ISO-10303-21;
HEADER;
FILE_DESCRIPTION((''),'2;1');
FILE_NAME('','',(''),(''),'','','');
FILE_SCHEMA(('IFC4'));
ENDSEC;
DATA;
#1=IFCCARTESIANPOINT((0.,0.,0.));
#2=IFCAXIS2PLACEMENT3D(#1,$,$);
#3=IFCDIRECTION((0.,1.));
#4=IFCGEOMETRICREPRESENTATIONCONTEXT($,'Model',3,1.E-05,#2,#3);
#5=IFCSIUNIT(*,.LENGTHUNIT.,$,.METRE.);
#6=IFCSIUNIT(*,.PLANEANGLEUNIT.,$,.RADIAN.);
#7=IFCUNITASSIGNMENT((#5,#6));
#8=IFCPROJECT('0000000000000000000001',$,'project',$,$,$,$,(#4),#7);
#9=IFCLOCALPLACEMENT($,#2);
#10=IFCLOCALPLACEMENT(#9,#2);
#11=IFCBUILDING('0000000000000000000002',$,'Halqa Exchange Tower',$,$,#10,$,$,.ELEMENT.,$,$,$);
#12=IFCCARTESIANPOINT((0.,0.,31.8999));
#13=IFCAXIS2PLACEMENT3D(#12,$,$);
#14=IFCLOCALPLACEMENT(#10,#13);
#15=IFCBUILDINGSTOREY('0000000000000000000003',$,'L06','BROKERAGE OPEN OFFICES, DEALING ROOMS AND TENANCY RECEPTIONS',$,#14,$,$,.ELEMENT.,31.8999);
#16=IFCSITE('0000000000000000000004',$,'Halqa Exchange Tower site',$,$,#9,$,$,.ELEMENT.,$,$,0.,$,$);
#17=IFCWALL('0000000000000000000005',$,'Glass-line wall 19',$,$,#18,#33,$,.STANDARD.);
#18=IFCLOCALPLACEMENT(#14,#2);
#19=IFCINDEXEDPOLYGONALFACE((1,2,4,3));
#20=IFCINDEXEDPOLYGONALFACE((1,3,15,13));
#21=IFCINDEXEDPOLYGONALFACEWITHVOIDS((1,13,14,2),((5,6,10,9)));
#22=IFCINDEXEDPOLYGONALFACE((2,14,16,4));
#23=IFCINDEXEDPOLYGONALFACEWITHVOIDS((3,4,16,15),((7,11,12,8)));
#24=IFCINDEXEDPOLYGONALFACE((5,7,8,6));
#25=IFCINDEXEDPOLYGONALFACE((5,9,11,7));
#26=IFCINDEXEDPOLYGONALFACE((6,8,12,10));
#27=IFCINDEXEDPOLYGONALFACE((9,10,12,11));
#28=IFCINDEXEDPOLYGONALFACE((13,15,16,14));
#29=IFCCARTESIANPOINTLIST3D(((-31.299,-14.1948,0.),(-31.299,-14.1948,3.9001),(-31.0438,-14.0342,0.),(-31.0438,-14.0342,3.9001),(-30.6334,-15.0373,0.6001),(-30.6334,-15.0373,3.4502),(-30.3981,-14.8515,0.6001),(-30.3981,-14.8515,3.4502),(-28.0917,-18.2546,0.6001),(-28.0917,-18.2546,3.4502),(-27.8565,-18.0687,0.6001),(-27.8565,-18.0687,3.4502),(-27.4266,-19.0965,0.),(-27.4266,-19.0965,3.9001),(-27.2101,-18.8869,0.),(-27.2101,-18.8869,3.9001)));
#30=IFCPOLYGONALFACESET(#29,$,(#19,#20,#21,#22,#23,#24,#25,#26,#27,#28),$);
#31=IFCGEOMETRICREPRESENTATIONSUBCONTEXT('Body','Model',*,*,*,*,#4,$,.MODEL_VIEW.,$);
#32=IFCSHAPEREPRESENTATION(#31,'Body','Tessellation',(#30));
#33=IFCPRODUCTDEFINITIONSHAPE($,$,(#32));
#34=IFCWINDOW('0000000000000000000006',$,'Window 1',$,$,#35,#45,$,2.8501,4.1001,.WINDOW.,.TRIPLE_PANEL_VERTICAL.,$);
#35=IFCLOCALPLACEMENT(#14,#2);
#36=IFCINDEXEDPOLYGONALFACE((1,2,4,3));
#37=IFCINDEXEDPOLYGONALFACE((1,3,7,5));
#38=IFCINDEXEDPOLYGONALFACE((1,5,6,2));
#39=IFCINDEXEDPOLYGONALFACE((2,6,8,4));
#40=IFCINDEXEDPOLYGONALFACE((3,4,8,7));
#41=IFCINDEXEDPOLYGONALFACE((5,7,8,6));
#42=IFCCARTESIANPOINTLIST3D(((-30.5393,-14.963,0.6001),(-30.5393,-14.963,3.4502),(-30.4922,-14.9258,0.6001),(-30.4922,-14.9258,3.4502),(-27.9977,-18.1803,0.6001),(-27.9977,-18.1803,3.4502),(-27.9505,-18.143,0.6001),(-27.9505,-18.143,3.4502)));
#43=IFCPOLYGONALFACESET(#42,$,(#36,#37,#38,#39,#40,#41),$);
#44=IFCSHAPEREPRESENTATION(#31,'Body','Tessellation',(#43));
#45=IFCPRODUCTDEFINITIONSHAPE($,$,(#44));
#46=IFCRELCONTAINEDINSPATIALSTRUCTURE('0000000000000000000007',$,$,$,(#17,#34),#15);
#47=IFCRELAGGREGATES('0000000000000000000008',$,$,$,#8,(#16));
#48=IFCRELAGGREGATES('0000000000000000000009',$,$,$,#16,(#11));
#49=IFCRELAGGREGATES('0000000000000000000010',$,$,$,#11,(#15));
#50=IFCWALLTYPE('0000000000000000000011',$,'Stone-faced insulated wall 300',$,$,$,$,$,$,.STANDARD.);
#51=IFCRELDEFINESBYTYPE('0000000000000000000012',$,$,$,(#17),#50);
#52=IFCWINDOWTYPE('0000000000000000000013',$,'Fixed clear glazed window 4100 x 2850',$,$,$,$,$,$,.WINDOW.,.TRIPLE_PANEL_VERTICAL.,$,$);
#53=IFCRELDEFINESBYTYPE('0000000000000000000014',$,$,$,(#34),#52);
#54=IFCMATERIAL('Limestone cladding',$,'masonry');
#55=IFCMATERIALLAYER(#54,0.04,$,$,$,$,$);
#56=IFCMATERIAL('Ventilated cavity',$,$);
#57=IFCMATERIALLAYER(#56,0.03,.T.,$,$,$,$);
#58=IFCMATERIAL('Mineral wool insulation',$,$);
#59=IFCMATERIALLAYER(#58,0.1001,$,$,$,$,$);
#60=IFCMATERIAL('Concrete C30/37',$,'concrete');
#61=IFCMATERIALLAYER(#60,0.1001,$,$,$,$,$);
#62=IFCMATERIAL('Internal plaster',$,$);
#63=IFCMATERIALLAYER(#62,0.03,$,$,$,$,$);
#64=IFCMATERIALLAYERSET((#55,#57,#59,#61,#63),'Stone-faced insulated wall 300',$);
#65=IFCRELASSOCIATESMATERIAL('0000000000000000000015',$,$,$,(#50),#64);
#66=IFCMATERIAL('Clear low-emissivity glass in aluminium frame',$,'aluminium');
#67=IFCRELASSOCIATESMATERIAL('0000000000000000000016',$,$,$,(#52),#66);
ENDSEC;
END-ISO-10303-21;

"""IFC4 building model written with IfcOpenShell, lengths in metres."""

from ifc_helpers import new_model, si_unit, direction, frame, frame_2d, origin, place, context, subcontext, project, spatial, polyline, rectangle, outline, extrude, material, layer, layer_set, type_object, element, fill, save


model = new_model("IFC4")

# Units and contexts
model_context = context("Model", 3, precision=1e-05, world=origin(), true_north=direction((0.0, 1.0)))
body_context = subcontext(model_context, "Body", "Model", "MODEL_VIEW")
ifc_project = project(units=[si_unit("LENGTHUNIT", "METRE"), si_unit("PLANEANGLEUNIT", "RADIAN")], contexts=[model_context])

# Site, building, storey
site_placement = place(None, origin())
site = spatial("IfcSite", under=ifc_project, at=site_placement, Name="Halqa Exchange Tower site", CompositionType="ELEMENT", RefElevation=0.0)
building_placement = place(site_placement, origin())
building = spatial("IfcBuilding", under=site, at=building_placement, Name="Halqa Exchange Tower", CompositionType="ELEMENT")
storey_placement = place(building_placement, frame((0.0, 0.0, 31.8999)))
storey = spatial("IfcBuildingStorey", under=building, at=storey_placement, Name="L06", Description="BROKERAGE OPEN OFFICES, DEALING ROOMS AND TENANCY RECEPTIONS", CompositionType="ELEMENT", Elevation=31.8999)

# Wall, opening, window
ifc_material_1 = material(Name="Limestone cladding", Category="masonry")
ifc_layer_1 = layer(ifc_material_1, 0.04)
ifc_material_2 = material(Name="Ventilated cavity")
ifc_layer_2 = layer(ifc_material_2, 0.03, ventilated=True)
ifc_material_3 = material(Name="Mineral wool insulation")
ifc_layer_3 = layer(ifc_material_3, 0.1001)
ifc_material_4 = material(Name="Concrete C30/37", Category="concrete")
ifc_layer_4 = layer(ifc_material_4, 0.1001)
ifc_material_5 = material(Name="Internal plaster")
ifc_layer_5 = layer(ifc_material_5, 0.03)
ifc_layer_set_1 = layer_set([ifc_layer_1, ifc_layer_2, ifc_layer_3, ifc_layer_4, ifc_layer_5], Name="Stone-faced insulated wall 300")
wall_type_1 = type_object("IfcWallType", Name="Stone-faced insulated wall 300", PredefinedType="STANDARD", material=ifc_layer_set_1)
wall_1_placement = place(storey_placement, frame((-31.1714, -14.1145, 0.0), z_axis=(0.0, 0.0, 1.0), x_axis=(0.619903, -0.784679, 0.0)))
wall_1 = element("IfcWall", 1, at=wall_1_placement, inside=storey, type_object=wall_type_1, Name="Glass-line wall 19", PredefinedType="STANDARD", context=body_context, shape_type="SweptSolid", body=[
    extrude(outline(polyline([(-0.0161, -0.1499), (6.2307, -0.1499), (6.2004, 0.1499), (0.0161, 0.1499), (-0.0161, -0.1499)])), origin(), (0.0, 0.0, 1.0), 3.9001),
])
opening_1_placement = place(wall_1_placement, frame((1.0576, 0.0, 0.6001)))
opening_1 = element("IfcOpeningElement", 2, at=opening_1_placement, cuts=wall_1, PredefinedType="OPENING", context=body_context, shape_type="SweptSolid", body=[
    extrude(rectangle(XDim=4.1001, YDim=2.8501, at=frame_2d((2.05, 1.425))), frame((0.0, 0.1621, 0.0), z_axis=(0.0, -1.0, 0.0), x_axis=(1.0, 0.0, 0.0)), (0.0, 0.0, 1.0), 0.324),
])
ifc_material_6 = material(Name="Clear low-emissivity glass in aluminium frame", Category="aluminium")
window_type = type_object("IfcWindowType", Name="Fixed clear glazed window 4100 x 2850", PartitioningType="TRIPLE_PANEL_VERTICAL", PredefinedType="WINDOW", material=ifc_material_6)
window_placement = place(opening_1_placement, origin())
window = element("IfcWindow", 3, at=window_placement, inside=storey, type_object=window_type, Name="Window 1", OverallHeight=2.8501, OverallWidth=4.1001, PartitioningType="TRIPLE_PANEL_VERTICAL", PredefinedType="WINDOW", context=body_context, shape_type="SweptSolid", body=[
    extrude(rectangle(XDim=4.1001, YDim=2.8501, at=frame_2d((2.05, 1.425))), frame((0.0, 0.03, 0.0), z_axis=(0.0, -1.0, 0.0), x_axis=(1.0, 0.0, 0.0)), (0.0, 0.0, 1.0), 0.0601),
])
fill(opening_1, window)

save(model, "model.ifc")
